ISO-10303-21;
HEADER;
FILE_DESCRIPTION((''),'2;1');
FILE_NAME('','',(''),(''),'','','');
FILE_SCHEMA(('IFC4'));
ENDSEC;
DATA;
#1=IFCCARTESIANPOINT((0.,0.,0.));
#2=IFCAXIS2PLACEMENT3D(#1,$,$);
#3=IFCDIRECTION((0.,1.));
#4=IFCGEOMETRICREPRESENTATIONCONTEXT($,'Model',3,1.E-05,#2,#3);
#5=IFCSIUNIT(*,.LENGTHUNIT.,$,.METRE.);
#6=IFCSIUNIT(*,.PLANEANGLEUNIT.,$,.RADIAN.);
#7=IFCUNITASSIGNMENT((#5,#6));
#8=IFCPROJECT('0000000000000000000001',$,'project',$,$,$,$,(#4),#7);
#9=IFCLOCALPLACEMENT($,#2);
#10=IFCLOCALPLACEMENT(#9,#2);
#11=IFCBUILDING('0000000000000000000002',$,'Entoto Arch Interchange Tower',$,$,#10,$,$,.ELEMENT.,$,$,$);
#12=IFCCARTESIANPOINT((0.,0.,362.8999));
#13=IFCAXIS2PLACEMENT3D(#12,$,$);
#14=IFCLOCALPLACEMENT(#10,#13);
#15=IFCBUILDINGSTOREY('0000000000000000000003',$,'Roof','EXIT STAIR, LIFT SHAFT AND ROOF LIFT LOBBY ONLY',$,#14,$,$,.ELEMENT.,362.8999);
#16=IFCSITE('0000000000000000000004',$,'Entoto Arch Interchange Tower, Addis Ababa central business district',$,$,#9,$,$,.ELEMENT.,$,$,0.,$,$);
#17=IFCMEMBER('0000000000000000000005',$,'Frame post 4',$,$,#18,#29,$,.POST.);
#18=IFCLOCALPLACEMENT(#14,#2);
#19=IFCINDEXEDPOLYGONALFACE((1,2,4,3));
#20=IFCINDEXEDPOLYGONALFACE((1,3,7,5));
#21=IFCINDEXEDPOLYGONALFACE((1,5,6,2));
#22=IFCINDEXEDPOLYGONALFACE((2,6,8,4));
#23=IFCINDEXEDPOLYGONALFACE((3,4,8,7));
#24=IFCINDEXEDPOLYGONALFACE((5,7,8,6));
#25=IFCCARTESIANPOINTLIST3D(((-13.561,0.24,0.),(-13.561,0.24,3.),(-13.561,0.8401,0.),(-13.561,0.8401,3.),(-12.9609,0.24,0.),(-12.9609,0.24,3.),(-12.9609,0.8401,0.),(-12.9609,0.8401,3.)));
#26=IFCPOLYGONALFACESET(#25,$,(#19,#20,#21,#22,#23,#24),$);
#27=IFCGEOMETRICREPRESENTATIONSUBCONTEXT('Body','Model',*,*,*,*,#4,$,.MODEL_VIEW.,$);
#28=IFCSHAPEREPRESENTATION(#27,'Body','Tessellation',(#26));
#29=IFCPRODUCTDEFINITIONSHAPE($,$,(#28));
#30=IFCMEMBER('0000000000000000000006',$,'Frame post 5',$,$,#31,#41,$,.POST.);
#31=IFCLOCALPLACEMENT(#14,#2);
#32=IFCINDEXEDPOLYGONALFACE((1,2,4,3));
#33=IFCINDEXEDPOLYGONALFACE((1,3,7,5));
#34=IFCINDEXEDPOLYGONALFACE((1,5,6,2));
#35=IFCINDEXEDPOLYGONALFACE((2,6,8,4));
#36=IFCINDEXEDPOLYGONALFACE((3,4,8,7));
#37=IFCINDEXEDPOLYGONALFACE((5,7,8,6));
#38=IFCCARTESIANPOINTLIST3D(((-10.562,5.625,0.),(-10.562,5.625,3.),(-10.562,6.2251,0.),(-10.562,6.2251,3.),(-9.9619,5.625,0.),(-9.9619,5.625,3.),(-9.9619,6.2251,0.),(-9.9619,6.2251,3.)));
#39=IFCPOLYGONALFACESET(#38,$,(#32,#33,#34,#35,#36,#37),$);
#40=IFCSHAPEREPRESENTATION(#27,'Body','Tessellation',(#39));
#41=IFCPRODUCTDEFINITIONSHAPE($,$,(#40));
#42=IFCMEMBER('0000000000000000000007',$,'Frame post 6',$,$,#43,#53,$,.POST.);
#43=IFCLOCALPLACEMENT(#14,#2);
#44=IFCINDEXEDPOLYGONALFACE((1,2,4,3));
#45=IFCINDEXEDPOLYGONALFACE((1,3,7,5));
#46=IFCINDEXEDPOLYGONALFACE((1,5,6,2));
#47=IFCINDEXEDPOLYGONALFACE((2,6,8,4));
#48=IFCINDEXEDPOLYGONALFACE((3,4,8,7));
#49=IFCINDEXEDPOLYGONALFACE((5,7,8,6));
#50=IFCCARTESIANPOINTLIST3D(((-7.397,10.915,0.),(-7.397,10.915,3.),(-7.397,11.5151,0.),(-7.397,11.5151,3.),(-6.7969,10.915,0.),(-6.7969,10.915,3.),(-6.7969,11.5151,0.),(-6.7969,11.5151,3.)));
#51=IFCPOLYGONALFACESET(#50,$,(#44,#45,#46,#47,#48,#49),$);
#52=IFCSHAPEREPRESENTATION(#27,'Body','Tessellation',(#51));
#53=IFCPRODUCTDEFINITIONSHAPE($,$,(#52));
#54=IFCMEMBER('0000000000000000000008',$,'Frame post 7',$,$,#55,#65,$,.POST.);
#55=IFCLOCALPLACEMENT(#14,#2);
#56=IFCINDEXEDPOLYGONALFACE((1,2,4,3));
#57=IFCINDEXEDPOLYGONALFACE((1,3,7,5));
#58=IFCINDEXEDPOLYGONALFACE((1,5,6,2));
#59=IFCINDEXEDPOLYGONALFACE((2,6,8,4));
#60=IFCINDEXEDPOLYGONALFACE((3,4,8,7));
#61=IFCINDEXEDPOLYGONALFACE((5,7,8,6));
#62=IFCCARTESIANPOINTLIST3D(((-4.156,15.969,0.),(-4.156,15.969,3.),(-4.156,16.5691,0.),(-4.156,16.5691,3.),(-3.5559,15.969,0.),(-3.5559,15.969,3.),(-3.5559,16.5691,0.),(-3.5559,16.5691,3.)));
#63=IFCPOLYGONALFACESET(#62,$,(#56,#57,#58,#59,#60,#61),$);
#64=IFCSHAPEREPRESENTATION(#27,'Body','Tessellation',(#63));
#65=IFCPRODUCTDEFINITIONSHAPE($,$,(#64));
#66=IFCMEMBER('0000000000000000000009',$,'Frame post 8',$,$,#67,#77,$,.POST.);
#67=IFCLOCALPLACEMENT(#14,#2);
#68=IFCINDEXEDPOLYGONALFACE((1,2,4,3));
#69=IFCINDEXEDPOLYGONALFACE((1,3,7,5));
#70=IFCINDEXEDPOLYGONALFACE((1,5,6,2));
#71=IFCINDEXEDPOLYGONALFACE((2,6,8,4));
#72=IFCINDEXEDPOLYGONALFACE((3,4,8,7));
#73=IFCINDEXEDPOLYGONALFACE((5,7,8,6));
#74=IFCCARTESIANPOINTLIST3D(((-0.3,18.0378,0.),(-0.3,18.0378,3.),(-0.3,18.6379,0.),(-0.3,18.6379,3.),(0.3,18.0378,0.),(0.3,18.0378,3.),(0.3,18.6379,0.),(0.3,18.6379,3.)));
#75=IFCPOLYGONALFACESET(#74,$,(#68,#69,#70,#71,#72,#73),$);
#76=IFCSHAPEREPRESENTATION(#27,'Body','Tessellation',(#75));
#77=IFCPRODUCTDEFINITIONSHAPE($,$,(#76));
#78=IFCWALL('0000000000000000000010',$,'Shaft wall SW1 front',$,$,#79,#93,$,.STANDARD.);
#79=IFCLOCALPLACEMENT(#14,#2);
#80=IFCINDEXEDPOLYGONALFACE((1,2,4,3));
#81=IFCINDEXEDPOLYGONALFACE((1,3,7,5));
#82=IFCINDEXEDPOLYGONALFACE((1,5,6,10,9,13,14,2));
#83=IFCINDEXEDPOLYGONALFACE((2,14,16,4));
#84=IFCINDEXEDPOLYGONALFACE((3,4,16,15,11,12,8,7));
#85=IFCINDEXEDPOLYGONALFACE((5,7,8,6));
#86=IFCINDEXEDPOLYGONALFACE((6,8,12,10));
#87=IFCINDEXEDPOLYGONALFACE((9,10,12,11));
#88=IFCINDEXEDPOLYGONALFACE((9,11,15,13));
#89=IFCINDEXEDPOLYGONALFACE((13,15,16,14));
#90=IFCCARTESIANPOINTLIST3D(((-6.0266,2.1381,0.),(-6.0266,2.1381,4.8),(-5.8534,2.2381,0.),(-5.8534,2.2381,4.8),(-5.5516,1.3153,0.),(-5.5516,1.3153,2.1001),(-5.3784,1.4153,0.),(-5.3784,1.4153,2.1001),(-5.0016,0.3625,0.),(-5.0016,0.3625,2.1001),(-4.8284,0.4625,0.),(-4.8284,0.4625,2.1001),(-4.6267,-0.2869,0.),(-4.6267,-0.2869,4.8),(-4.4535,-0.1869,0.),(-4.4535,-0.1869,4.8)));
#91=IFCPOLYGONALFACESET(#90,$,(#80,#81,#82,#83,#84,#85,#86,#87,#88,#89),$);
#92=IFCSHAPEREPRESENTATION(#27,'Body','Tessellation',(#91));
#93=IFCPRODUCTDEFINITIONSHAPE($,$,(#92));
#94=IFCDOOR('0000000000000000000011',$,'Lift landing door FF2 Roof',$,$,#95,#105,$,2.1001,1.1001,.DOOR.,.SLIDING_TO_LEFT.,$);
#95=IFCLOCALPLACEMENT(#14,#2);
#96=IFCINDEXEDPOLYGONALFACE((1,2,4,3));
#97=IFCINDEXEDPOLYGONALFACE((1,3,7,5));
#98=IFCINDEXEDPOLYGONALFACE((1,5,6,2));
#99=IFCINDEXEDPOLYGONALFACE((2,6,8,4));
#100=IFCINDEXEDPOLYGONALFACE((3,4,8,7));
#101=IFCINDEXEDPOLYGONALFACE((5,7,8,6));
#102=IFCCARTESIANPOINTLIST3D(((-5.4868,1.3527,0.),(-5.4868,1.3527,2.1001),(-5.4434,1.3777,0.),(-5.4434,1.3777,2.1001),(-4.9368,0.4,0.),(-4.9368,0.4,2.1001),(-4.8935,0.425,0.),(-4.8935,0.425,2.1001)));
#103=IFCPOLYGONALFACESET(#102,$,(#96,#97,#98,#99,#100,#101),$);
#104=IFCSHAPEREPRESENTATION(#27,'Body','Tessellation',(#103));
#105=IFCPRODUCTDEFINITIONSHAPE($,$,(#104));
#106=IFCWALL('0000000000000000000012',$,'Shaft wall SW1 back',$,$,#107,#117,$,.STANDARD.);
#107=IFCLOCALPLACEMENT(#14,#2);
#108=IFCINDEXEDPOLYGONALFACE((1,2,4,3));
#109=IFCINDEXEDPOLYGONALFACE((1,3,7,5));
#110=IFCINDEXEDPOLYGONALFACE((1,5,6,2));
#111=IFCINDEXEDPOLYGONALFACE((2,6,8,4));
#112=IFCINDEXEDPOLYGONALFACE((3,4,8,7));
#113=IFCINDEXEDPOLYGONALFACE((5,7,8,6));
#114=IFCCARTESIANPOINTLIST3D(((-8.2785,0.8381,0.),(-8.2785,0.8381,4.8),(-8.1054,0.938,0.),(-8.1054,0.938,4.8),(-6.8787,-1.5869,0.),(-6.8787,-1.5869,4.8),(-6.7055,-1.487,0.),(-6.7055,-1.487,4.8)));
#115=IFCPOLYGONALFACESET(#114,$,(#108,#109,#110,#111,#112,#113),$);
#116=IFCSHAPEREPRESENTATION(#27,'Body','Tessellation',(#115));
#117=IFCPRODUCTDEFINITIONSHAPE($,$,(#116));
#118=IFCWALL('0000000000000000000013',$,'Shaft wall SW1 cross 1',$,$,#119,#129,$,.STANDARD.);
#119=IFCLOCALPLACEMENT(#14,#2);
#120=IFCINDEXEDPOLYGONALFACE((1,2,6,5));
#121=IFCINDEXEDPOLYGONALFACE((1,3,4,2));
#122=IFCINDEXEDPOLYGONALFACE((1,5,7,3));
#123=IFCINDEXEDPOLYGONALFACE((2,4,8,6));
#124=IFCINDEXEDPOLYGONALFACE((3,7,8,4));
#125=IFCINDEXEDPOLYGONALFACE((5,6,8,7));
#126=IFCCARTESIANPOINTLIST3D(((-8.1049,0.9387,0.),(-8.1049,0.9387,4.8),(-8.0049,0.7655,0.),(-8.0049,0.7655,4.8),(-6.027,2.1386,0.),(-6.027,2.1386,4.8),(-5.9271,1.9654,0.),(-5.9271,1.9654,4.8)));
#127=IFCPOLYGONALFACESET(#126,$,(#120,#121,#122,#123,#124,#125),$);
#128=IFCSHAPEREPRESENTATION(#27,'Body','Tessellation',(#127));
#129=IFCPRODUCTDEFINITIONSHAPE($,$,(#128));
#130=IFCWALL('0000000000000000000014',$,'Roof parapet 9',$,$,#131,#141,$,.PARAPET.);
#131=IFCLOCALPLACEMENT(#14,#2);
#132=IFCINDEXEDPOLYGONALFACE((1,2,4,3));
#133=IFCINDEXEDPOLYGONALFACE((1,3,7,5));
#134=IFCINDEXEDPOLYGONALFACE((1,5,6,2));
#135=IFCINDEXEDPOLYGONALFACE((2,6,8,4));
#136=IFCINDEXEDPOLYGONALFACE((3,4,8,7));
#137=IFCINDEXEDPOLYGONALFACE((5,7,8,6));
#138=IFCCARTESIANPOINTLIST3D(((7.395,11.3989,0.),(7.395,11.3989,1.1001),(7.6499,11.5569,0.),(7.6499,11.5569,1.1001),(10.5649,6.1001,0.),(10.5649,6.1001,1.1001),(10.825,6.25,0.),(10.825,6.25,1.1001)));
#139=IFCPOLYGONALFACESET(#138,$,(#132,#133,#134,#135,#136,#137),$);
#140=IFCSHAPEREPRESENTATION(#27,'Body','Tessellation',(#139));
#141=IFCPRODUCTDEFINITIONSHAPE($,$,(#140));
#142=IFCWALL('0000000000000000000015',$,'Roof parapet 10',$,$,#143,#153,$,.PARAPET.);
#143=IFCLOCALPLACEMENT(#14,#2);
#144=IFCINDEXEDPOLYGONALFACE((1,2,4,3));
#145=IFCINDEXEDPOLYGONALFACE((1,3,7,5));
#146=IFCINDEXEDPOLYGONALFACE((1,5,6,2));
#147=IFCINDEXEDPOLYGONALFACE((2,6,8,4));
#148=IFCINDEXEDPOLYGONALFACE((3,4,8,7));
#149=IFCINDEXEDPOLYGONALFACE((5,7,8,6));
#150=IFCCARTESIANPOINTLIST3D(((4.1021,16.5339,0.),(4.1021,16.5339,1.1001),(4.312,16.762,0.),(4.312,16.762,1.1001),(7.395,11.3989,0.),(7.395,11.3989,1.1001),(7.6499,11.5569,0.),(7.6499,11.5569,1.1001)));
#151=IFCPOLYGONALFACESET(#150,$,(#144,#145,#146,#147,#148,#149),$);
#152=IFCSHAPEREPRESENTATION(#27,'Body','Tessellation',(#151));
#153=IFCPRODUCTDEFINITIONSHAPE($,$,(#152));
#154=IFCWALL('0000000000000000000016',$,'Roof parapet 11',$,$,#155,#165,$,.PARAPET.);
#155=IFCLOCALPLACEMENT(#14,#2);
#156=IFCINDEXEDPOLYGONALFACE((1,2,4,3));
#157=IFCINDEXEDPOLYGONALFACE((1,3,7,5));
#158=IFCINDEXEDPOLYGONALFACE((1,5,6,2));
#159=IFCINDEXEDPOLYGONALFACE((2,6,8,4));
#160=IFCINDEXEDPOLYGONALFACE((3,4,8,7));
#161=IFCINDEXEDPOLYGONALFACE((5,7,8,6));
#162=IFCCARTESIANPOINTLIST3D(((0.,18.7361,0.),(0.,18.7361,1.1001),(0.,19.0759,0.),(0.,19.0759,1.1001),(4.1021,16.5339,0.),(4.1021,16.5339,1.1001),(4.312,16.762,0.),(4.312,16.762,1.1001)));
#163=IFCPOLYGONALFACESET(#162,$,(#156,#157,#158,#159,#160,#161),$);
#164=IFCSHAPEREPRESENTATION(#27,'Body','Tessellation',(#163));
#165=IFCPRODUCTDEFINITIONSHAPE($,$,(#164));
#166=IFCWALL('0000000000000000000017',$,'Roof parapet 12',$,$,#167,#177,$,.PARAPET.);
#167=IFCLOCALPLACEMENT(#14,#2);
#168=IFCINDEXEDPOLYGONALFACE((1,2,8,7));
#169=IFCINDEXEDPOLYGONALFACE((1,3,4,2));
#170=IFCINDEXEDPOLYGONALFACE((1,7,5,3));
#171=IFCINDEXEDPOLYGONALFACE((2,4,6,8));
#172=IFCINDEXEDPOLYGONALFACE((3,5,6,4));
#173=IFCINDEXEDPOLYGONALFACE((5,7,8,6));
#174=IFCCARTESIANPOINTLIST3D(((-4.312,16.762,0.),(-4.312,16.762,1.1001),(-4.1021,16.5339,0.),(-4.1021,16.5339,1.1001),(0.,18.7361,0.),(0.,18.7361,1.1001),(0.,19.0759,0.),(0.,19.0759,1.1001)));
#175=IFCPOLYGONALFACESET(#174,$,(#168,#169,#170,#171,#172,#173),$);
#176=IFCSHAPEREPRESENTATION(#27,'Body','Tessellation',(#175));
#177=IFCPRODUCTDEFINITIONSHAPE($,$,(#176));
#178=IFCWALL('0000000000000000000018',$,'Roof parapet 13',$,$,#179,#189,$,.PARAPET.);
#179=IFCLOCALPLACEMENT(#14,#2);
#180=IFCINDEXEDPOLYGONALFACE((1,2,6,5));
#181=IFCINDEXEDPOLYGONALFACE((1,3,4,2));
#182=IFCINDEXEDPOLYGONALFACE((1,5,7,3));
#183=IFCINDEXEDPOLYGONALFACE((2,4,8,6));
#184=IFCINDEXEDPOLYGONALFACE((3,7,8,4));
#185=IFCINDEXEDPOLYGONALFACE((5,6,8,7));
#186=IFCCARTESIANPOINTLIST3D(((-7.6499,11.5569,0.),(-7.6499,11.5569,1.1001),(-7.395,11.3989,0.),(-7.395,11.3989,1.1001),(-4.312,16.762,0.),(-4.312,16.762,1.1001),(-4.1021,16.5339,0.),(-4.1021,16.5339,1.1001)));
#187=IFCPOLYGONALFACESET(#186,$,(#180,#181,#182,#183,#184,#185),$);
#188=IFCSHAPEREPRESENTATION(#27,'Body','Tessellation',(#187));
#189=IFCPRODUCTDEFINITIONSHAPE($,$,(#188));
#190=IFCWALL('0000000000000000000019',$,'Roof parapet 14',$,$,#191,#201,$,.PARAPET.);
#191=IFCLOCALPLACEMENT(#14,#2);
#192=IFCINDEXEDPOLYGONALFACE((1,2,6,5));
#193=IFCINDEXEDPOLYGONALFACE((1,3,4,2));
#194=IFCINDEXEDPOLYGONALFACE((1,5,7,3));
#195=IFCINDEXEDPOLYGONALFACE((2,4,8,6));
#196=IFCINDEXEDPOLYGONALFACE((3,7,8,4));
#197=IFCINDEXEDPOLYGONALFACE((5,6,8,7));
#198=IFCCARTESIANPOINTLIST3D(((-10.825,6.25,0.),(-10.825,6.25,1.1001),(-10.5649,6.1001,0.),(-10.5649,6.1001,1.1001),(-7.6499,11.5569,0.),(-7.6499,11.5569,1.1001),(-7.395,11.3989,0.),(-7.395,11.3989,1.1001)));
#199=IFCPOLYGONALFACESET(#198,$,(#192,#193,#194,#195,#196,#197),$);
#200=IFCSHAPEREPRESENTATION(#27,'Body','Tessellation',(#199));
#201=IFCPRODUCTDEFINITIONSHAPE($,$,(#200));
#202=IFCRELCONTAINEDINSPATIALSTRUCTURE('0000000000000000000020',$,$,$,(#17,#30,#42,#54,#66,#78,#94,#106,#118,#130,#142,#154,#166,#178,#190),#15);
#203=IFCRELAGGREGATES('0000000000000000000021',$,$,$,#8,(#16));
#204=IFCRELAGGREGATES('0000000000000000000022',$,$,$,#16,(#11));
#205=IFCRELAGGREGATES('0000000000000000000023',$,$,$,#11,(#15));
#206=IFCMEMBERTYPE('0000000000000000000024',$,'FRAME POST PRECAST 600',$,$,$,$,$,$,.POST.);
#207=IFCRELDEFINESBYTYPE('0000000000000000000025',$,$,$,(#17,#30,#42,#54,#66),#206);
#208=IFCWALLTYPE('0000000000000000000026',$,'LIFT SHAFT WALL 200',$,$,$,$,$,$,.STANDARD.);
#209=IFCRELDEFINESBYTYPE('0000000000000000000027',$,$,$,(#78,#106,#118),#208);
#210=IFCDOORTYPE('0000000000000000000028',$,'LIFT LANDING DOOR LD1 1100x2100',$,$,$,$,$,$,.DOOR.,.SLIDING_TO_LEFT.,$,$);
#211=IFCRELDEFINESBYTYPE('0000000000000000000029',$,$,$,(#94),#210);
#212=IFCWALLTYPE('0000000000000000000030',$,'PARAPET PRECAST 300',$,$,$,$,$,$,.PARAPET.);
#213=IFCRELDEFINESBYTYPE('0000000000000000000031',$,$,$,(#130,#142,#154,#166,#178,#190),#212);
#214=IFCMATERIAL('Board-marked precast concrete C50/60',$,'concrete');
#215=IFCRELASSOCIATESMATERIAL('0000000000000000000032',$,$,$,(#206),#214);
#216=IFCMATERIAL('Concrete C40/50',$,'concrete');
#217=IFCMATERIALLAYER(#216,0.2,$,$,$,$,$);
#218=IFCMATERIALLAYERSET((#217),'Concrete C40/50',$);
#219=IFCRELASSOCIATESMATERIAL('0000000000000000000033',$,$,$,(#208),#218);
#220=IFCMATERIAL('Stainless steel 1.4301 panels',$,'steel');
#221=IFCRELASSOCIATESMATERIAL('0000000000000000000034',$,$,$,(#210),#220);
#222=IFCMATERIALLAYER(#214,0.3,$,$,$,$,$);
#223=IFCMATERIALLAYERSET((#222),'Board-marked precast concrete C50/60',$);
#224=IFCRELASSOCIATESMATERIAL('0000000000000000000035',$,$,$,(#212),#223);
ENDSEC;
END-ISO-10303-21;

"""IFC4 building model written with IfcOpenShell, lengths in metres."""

from ifc_helpers import new_model, si_unit, direction, frame, frame_2d, origin, origin_2d, place, context, subcontext, project, spatial, polyline, rectangle, outline, extrude, material, layer, layer_set, material_profile, profile_set, type_object, element, fill, save


model = new_model("IFC4")

# Units and contexts
model_context = context("Model", 3, precision=1e-05, world=origin(), true_north=direction((0.0, 1.0)))
body_context = subcontext(model_context, "Body", "Model", "MODEL_VIEW")
ifc_project = project(units=[si_unit("LENGTHUNIT", "METRE"), si_unit("PLANEANGLEUNIT", "RADIAN")], contexts=[model_context])

# Site, building, storey
site_placement = place(None, origin())
site = spatial("IfcSite", under=ifc_project, at=site_placement, Name="Entoto Arch Interchange Tower, Addis Ababa central business district", CompositionType="ELEMENT", RefElevation=0.0)
building_placement = place(site_placement, origin())
building = spatial("IfcBuilding", under=site, at=building_placement, Name="Entoto Arch Interchange Tower", CompositionType="ELEMENT")
storey_placement = place(building_placement, frame((0.0, 0.0, 362.8999)))
storey = spatial("IfcBuildingStorey", under=building, at=storey_placement, Name="Roof", Description="EXIT STAIR, LIFT SHAFT AND ROOF LIFT LOBBY ONLY", CompositionType="ELEMENT", Elevation=362.8999)

# Members
ifc_material_1 = material(Name="Board-marked precast concrete C50/60", Category="concrete")
ifc_material_profile = material_profile(ifc_material_1, rectangle(XDim=0.6001, YDim=0.6001, at=origin_2d()))
ifc_profile_set = profile_set([ifc_material_profile], Name="Board-marked precast concrete C50/60")
member_type = type_object("IfcMemberType", Name="FRAME POST PRECAST 600", PredefinedType="POST", material=ifc_profile_set)
for number, where, z_axis, x_axis, name in (
    (1, (-13.261, 0.54, 0.0), (0.0, 0.0, 1.0), (1.0, 0.0, 0.0), "Frame post 4"),
    (2, (-10.262, 5.925, 0.0), (0.0, 0.0, 1.0), (1.0, 0.0, 0.0), "Frame post 5"),
    (3, (-7.0969, 11.2151, 0.0), (0.0, 0.0, 1.0), (1.0, 0.0, 0.0), "Frame post 6"),
    (4, (-3.856, 16.269, 0.0), (0.0, 0.0, 1.0), (1.0, 0.0, 0.0), "Frame post 7"),
    (5, (0.0, 18.3379, 0.0), (0.0, 0.0, 1.0), (1.0, 0.0, 0.0), "Frame post 8"),
):
    element("IfcMember", number, at=place(storey_placement, frame(where, z_axis=z_axis, x_axis=x_axis)), inside=storey, type_object=member_type, Name=name, PredefinedType="POST", context=body_context, shape_type="SweptSolid", body=[
        extrude(rectangle(XDim=0.6001, YDim=0.6001, at=origin_2d()), origin(), (0.0, 0.0, 1.0), 3.0),
    ])

# Wall, opening, door
ifc_material_2 = material(Name="Concrete C40/50", Category="concrete")
ifc_layer_1 = layer(ifc_material_2, 0.2)
ifc_layer_set_1 = layer_set([ifc_layer_1], Name="Concrete C40/50")
wall_type_1 = type_object("IfcWallType", Name="LIFT SHAFT WALL 200", PredefinedType="STANDARD", material=ifc_layer_set_1)
wall_1_placement = place(storey_placement, frame((-5.9399, 2.188, 0.0), z_axis=(0.0, 0.0, 1.0), x_axis=(0.499946, -0.866056, 0.0)))
wall_1 = element("IfcWall", 6, at=wall_1_placement, inside=storey, type_object=wall_type_1, Name="Shaft wall SW1 front", PredefinedType="STANDARD", context=body_context, shape_type="SweptSolid", body=[
    extrude(rectangle(XDim=2.8, YDim=0.2, at=frame_2d((1.3999, 0.0))), origin(), (0.0, 0.0, 1.0), 4.8),
])
opening_placement = place(wall_1_placement, frame((0.95, 0.0, 0.0)))
opening = element("IfcOpeningElement", 7, at=opening_placement, cuts=wall_1, PredefinedType="OPENING", context=body_context, shape_type="SweptSolid", body=[
    extrude(rectangle(XDim=1.1001, YDim=2.1001, at=frame_2d((0.55, 1.05))), frame((0.0, 0.1099, 0.0), z_axis=(0.0, -1.0, 0.0), x_axis=(1.0, 0.0, 0.0)), (0.0, 0.0, 1.0), 0.22),
])
ifc_material_3 = material(Name="Stainless steel 1.4301 panels", Category="steel")
door_type = type_object("IfcDoorType", Name="LIFT LANDING DOOR LD1 1100x2100", OperationType="SLIDING_TO_LEFT", PredefinedType="DOOR", material=ifc_material_3)
door_placement = place(opening_placement, origin())
door = element("IfcDoor", 8, at=door_placement, inside=storey, type_object=door_type, Name="Lift landing door FF2 Roof", OperationType="SLIDING_TO_LEFT", OverallHeight=2.1001, OverallWidth=1.1001, PredefinedType="DOOR", context=body_context, shape_type="SweptSolid", body=[
    extrude(rectangle(XDim=1.1001, YDim=2.1001, at=frame_2d((0.55, 1.05))), frame((0.0, 0.0249, 0.0), z_axis=(0.0, -1.0, 0.0), x_axis=(1.0, 0.0, 0.0)), (0.0, 0.0, 1.0), 0.05),
])
fill(opening, door)

# Walls
wall_2_placement = place(storey_placement, frame((-8.1919, 0.8879, 0.0), z_axis=(0.0, 0.0, 1.0), x_axis=(0.499946, -0.866056, 0.0)))
element("IfcWall", 9, at=wall_2_placement, inside=storey, type_object=wall_type_1, Name="Shaft wall SW1 back", PredefinedType="STANDARD", context=body_context, shape_type="SweptSolid", body=[
    extrude(rectangle(XDim=2.8, YDim=0.2, at=frame_2d((1.3999, 0.0))), origin(), (0.0, 0.0, 1.0), 4.8),
])
wall_3_placement = place(storey_placement, frame((-5.9771, 2.052, 0.0), z_axis=(0.0, 0.0, 1.0), x_axis=(-0.865974, -0.500089, 0.0)))
element("IfcWall", 10, at=wall_3_placement, inside=storey, type_object=wall_type_1, Name="Shaft wall SW1 cross 1", PredefinedType="STANDARD", context=body_context, shape_type="SweptSolid", body=[
    extrude(rectangle(XDim=2.3994, YDim=0.2, at=frame_2d((1.1997, 0.0))), origin(), (0.0, 0.0, 1.0), 4.8),
])
ifc_layer_2 = layer(ifc_material_1, 0.3)
ifc_layer_set_2 = layer_set([ifc_layer_2], Name="Board-marked precast concrete C50/60")
wall_type_2 = type_object("IfcWallType", Name="PARAPET PRECAST 300", PredefinedType="PARAPET", material=ifc_layer_set_2)
wall_4_placement = place(storey_placement, origin())
element("IfcWall", 11, at=wall_4_placement, inside=storey, type_object=wall_type_2, Name="Roof parapet 9", PredefinedType="PARAPET", context=body_context, shape_type="SweptSolid", body=[
    extrude(outline(polyline([(10.825, 6.25), (7.6499, 11.5569), (7.395, 11.3989), (10.5649, 6.1001), (10.825, 6.25)])), origin(), (0.0, 0.0, 1.0), 1.1001),
])
wall_5_placement = place(storey_placement, origin())
element("IfcWall", 12, at=wall_5_placement, inside=storey, type_object=wall_type_2, Name="Roof parapet 10", PredefinedType="PARAPET", context=body_context, shape_type="SweptSolid", body=[
    extrude(outline(polyline([(7.6499, 11.5569), (4.312, 16.762), (4.1021, 16.5339), (7.395, 11.3989), (7.6499, 11.5569)])), origin(), (0.0, 0.0, 1.0), 1.1001),
])
wall_6_placement = place(storey_placement, origin())
element("IfcWall", 13, at=wall_6_placement, inside=storey, type_object=wall_type_2, Name="Roof parapet 11", PredefinedType="PARAPET", context=body_context, shape_type="SweptSolid", body=[
    extrude(outline(polyline([(4.312, 16.762), (0.0, 19.0759), (0.0, 18.7361), (4.1021, 16.5339), (4.312, 16.762)])), origin(), (0.0, 0.0, 1.0), 1.1001),
])
wall_7_placement = place(storey_placement, origin())
element("IfcWall", 14, at=wall_7_placement, inside=storey, type_object=wall_type_2, Name="Roof parapet 12", PredefinedType="PARAPET", context=body_context, shape_type="SweptSolid", body=[
    extrude(outline(polyline([(0.0, 19.0759), (-4.312, 16.762), (-4.1021, 16.5339), (0.0, 18.7361), (0.0, 19.0759)])), origin(), (0.0, 0.0, 1.0), 1.1001),
])
wall_8_placement = place(storey_placement, origin())
element("IfcWall", 15, at=wall_8_placement, inside=storey, type_object=wall_type_2, Name="Roof parapet 13", PredefinedType="PARAPET", context=body_context, shape_type="SweptSolid", body=[
    extrude(outline(polyline([(-4.312, 16.762), (-7.6499, 11.5569), (-7.395, 11.3989), (-4.1021, 16.5339), (-4.312, 16.762)])), origin(), (0.0, 0.0, 1.0), 1.1001),
])
wall_9_placement = place(storey_placement, origin())
element("IfcWall", 16, at=wall_9_placement, inside=storey, type_object=wall_type_2, Name="Roof parapet 14", PredefinedType="PARAPET", context=body_context, shape_type="SweptSolid", body=[
    extrude(outline(polyline([(-7.6499, 11.5569), (-10.825, 6.25), (-10.5649, 6.1001), (-7.395, 11.3989), (-7.6499, 11.5569)])), origin(), (0.0, 0.0, 1.0), 1.1001),
])

save(model, "model.ifc")
